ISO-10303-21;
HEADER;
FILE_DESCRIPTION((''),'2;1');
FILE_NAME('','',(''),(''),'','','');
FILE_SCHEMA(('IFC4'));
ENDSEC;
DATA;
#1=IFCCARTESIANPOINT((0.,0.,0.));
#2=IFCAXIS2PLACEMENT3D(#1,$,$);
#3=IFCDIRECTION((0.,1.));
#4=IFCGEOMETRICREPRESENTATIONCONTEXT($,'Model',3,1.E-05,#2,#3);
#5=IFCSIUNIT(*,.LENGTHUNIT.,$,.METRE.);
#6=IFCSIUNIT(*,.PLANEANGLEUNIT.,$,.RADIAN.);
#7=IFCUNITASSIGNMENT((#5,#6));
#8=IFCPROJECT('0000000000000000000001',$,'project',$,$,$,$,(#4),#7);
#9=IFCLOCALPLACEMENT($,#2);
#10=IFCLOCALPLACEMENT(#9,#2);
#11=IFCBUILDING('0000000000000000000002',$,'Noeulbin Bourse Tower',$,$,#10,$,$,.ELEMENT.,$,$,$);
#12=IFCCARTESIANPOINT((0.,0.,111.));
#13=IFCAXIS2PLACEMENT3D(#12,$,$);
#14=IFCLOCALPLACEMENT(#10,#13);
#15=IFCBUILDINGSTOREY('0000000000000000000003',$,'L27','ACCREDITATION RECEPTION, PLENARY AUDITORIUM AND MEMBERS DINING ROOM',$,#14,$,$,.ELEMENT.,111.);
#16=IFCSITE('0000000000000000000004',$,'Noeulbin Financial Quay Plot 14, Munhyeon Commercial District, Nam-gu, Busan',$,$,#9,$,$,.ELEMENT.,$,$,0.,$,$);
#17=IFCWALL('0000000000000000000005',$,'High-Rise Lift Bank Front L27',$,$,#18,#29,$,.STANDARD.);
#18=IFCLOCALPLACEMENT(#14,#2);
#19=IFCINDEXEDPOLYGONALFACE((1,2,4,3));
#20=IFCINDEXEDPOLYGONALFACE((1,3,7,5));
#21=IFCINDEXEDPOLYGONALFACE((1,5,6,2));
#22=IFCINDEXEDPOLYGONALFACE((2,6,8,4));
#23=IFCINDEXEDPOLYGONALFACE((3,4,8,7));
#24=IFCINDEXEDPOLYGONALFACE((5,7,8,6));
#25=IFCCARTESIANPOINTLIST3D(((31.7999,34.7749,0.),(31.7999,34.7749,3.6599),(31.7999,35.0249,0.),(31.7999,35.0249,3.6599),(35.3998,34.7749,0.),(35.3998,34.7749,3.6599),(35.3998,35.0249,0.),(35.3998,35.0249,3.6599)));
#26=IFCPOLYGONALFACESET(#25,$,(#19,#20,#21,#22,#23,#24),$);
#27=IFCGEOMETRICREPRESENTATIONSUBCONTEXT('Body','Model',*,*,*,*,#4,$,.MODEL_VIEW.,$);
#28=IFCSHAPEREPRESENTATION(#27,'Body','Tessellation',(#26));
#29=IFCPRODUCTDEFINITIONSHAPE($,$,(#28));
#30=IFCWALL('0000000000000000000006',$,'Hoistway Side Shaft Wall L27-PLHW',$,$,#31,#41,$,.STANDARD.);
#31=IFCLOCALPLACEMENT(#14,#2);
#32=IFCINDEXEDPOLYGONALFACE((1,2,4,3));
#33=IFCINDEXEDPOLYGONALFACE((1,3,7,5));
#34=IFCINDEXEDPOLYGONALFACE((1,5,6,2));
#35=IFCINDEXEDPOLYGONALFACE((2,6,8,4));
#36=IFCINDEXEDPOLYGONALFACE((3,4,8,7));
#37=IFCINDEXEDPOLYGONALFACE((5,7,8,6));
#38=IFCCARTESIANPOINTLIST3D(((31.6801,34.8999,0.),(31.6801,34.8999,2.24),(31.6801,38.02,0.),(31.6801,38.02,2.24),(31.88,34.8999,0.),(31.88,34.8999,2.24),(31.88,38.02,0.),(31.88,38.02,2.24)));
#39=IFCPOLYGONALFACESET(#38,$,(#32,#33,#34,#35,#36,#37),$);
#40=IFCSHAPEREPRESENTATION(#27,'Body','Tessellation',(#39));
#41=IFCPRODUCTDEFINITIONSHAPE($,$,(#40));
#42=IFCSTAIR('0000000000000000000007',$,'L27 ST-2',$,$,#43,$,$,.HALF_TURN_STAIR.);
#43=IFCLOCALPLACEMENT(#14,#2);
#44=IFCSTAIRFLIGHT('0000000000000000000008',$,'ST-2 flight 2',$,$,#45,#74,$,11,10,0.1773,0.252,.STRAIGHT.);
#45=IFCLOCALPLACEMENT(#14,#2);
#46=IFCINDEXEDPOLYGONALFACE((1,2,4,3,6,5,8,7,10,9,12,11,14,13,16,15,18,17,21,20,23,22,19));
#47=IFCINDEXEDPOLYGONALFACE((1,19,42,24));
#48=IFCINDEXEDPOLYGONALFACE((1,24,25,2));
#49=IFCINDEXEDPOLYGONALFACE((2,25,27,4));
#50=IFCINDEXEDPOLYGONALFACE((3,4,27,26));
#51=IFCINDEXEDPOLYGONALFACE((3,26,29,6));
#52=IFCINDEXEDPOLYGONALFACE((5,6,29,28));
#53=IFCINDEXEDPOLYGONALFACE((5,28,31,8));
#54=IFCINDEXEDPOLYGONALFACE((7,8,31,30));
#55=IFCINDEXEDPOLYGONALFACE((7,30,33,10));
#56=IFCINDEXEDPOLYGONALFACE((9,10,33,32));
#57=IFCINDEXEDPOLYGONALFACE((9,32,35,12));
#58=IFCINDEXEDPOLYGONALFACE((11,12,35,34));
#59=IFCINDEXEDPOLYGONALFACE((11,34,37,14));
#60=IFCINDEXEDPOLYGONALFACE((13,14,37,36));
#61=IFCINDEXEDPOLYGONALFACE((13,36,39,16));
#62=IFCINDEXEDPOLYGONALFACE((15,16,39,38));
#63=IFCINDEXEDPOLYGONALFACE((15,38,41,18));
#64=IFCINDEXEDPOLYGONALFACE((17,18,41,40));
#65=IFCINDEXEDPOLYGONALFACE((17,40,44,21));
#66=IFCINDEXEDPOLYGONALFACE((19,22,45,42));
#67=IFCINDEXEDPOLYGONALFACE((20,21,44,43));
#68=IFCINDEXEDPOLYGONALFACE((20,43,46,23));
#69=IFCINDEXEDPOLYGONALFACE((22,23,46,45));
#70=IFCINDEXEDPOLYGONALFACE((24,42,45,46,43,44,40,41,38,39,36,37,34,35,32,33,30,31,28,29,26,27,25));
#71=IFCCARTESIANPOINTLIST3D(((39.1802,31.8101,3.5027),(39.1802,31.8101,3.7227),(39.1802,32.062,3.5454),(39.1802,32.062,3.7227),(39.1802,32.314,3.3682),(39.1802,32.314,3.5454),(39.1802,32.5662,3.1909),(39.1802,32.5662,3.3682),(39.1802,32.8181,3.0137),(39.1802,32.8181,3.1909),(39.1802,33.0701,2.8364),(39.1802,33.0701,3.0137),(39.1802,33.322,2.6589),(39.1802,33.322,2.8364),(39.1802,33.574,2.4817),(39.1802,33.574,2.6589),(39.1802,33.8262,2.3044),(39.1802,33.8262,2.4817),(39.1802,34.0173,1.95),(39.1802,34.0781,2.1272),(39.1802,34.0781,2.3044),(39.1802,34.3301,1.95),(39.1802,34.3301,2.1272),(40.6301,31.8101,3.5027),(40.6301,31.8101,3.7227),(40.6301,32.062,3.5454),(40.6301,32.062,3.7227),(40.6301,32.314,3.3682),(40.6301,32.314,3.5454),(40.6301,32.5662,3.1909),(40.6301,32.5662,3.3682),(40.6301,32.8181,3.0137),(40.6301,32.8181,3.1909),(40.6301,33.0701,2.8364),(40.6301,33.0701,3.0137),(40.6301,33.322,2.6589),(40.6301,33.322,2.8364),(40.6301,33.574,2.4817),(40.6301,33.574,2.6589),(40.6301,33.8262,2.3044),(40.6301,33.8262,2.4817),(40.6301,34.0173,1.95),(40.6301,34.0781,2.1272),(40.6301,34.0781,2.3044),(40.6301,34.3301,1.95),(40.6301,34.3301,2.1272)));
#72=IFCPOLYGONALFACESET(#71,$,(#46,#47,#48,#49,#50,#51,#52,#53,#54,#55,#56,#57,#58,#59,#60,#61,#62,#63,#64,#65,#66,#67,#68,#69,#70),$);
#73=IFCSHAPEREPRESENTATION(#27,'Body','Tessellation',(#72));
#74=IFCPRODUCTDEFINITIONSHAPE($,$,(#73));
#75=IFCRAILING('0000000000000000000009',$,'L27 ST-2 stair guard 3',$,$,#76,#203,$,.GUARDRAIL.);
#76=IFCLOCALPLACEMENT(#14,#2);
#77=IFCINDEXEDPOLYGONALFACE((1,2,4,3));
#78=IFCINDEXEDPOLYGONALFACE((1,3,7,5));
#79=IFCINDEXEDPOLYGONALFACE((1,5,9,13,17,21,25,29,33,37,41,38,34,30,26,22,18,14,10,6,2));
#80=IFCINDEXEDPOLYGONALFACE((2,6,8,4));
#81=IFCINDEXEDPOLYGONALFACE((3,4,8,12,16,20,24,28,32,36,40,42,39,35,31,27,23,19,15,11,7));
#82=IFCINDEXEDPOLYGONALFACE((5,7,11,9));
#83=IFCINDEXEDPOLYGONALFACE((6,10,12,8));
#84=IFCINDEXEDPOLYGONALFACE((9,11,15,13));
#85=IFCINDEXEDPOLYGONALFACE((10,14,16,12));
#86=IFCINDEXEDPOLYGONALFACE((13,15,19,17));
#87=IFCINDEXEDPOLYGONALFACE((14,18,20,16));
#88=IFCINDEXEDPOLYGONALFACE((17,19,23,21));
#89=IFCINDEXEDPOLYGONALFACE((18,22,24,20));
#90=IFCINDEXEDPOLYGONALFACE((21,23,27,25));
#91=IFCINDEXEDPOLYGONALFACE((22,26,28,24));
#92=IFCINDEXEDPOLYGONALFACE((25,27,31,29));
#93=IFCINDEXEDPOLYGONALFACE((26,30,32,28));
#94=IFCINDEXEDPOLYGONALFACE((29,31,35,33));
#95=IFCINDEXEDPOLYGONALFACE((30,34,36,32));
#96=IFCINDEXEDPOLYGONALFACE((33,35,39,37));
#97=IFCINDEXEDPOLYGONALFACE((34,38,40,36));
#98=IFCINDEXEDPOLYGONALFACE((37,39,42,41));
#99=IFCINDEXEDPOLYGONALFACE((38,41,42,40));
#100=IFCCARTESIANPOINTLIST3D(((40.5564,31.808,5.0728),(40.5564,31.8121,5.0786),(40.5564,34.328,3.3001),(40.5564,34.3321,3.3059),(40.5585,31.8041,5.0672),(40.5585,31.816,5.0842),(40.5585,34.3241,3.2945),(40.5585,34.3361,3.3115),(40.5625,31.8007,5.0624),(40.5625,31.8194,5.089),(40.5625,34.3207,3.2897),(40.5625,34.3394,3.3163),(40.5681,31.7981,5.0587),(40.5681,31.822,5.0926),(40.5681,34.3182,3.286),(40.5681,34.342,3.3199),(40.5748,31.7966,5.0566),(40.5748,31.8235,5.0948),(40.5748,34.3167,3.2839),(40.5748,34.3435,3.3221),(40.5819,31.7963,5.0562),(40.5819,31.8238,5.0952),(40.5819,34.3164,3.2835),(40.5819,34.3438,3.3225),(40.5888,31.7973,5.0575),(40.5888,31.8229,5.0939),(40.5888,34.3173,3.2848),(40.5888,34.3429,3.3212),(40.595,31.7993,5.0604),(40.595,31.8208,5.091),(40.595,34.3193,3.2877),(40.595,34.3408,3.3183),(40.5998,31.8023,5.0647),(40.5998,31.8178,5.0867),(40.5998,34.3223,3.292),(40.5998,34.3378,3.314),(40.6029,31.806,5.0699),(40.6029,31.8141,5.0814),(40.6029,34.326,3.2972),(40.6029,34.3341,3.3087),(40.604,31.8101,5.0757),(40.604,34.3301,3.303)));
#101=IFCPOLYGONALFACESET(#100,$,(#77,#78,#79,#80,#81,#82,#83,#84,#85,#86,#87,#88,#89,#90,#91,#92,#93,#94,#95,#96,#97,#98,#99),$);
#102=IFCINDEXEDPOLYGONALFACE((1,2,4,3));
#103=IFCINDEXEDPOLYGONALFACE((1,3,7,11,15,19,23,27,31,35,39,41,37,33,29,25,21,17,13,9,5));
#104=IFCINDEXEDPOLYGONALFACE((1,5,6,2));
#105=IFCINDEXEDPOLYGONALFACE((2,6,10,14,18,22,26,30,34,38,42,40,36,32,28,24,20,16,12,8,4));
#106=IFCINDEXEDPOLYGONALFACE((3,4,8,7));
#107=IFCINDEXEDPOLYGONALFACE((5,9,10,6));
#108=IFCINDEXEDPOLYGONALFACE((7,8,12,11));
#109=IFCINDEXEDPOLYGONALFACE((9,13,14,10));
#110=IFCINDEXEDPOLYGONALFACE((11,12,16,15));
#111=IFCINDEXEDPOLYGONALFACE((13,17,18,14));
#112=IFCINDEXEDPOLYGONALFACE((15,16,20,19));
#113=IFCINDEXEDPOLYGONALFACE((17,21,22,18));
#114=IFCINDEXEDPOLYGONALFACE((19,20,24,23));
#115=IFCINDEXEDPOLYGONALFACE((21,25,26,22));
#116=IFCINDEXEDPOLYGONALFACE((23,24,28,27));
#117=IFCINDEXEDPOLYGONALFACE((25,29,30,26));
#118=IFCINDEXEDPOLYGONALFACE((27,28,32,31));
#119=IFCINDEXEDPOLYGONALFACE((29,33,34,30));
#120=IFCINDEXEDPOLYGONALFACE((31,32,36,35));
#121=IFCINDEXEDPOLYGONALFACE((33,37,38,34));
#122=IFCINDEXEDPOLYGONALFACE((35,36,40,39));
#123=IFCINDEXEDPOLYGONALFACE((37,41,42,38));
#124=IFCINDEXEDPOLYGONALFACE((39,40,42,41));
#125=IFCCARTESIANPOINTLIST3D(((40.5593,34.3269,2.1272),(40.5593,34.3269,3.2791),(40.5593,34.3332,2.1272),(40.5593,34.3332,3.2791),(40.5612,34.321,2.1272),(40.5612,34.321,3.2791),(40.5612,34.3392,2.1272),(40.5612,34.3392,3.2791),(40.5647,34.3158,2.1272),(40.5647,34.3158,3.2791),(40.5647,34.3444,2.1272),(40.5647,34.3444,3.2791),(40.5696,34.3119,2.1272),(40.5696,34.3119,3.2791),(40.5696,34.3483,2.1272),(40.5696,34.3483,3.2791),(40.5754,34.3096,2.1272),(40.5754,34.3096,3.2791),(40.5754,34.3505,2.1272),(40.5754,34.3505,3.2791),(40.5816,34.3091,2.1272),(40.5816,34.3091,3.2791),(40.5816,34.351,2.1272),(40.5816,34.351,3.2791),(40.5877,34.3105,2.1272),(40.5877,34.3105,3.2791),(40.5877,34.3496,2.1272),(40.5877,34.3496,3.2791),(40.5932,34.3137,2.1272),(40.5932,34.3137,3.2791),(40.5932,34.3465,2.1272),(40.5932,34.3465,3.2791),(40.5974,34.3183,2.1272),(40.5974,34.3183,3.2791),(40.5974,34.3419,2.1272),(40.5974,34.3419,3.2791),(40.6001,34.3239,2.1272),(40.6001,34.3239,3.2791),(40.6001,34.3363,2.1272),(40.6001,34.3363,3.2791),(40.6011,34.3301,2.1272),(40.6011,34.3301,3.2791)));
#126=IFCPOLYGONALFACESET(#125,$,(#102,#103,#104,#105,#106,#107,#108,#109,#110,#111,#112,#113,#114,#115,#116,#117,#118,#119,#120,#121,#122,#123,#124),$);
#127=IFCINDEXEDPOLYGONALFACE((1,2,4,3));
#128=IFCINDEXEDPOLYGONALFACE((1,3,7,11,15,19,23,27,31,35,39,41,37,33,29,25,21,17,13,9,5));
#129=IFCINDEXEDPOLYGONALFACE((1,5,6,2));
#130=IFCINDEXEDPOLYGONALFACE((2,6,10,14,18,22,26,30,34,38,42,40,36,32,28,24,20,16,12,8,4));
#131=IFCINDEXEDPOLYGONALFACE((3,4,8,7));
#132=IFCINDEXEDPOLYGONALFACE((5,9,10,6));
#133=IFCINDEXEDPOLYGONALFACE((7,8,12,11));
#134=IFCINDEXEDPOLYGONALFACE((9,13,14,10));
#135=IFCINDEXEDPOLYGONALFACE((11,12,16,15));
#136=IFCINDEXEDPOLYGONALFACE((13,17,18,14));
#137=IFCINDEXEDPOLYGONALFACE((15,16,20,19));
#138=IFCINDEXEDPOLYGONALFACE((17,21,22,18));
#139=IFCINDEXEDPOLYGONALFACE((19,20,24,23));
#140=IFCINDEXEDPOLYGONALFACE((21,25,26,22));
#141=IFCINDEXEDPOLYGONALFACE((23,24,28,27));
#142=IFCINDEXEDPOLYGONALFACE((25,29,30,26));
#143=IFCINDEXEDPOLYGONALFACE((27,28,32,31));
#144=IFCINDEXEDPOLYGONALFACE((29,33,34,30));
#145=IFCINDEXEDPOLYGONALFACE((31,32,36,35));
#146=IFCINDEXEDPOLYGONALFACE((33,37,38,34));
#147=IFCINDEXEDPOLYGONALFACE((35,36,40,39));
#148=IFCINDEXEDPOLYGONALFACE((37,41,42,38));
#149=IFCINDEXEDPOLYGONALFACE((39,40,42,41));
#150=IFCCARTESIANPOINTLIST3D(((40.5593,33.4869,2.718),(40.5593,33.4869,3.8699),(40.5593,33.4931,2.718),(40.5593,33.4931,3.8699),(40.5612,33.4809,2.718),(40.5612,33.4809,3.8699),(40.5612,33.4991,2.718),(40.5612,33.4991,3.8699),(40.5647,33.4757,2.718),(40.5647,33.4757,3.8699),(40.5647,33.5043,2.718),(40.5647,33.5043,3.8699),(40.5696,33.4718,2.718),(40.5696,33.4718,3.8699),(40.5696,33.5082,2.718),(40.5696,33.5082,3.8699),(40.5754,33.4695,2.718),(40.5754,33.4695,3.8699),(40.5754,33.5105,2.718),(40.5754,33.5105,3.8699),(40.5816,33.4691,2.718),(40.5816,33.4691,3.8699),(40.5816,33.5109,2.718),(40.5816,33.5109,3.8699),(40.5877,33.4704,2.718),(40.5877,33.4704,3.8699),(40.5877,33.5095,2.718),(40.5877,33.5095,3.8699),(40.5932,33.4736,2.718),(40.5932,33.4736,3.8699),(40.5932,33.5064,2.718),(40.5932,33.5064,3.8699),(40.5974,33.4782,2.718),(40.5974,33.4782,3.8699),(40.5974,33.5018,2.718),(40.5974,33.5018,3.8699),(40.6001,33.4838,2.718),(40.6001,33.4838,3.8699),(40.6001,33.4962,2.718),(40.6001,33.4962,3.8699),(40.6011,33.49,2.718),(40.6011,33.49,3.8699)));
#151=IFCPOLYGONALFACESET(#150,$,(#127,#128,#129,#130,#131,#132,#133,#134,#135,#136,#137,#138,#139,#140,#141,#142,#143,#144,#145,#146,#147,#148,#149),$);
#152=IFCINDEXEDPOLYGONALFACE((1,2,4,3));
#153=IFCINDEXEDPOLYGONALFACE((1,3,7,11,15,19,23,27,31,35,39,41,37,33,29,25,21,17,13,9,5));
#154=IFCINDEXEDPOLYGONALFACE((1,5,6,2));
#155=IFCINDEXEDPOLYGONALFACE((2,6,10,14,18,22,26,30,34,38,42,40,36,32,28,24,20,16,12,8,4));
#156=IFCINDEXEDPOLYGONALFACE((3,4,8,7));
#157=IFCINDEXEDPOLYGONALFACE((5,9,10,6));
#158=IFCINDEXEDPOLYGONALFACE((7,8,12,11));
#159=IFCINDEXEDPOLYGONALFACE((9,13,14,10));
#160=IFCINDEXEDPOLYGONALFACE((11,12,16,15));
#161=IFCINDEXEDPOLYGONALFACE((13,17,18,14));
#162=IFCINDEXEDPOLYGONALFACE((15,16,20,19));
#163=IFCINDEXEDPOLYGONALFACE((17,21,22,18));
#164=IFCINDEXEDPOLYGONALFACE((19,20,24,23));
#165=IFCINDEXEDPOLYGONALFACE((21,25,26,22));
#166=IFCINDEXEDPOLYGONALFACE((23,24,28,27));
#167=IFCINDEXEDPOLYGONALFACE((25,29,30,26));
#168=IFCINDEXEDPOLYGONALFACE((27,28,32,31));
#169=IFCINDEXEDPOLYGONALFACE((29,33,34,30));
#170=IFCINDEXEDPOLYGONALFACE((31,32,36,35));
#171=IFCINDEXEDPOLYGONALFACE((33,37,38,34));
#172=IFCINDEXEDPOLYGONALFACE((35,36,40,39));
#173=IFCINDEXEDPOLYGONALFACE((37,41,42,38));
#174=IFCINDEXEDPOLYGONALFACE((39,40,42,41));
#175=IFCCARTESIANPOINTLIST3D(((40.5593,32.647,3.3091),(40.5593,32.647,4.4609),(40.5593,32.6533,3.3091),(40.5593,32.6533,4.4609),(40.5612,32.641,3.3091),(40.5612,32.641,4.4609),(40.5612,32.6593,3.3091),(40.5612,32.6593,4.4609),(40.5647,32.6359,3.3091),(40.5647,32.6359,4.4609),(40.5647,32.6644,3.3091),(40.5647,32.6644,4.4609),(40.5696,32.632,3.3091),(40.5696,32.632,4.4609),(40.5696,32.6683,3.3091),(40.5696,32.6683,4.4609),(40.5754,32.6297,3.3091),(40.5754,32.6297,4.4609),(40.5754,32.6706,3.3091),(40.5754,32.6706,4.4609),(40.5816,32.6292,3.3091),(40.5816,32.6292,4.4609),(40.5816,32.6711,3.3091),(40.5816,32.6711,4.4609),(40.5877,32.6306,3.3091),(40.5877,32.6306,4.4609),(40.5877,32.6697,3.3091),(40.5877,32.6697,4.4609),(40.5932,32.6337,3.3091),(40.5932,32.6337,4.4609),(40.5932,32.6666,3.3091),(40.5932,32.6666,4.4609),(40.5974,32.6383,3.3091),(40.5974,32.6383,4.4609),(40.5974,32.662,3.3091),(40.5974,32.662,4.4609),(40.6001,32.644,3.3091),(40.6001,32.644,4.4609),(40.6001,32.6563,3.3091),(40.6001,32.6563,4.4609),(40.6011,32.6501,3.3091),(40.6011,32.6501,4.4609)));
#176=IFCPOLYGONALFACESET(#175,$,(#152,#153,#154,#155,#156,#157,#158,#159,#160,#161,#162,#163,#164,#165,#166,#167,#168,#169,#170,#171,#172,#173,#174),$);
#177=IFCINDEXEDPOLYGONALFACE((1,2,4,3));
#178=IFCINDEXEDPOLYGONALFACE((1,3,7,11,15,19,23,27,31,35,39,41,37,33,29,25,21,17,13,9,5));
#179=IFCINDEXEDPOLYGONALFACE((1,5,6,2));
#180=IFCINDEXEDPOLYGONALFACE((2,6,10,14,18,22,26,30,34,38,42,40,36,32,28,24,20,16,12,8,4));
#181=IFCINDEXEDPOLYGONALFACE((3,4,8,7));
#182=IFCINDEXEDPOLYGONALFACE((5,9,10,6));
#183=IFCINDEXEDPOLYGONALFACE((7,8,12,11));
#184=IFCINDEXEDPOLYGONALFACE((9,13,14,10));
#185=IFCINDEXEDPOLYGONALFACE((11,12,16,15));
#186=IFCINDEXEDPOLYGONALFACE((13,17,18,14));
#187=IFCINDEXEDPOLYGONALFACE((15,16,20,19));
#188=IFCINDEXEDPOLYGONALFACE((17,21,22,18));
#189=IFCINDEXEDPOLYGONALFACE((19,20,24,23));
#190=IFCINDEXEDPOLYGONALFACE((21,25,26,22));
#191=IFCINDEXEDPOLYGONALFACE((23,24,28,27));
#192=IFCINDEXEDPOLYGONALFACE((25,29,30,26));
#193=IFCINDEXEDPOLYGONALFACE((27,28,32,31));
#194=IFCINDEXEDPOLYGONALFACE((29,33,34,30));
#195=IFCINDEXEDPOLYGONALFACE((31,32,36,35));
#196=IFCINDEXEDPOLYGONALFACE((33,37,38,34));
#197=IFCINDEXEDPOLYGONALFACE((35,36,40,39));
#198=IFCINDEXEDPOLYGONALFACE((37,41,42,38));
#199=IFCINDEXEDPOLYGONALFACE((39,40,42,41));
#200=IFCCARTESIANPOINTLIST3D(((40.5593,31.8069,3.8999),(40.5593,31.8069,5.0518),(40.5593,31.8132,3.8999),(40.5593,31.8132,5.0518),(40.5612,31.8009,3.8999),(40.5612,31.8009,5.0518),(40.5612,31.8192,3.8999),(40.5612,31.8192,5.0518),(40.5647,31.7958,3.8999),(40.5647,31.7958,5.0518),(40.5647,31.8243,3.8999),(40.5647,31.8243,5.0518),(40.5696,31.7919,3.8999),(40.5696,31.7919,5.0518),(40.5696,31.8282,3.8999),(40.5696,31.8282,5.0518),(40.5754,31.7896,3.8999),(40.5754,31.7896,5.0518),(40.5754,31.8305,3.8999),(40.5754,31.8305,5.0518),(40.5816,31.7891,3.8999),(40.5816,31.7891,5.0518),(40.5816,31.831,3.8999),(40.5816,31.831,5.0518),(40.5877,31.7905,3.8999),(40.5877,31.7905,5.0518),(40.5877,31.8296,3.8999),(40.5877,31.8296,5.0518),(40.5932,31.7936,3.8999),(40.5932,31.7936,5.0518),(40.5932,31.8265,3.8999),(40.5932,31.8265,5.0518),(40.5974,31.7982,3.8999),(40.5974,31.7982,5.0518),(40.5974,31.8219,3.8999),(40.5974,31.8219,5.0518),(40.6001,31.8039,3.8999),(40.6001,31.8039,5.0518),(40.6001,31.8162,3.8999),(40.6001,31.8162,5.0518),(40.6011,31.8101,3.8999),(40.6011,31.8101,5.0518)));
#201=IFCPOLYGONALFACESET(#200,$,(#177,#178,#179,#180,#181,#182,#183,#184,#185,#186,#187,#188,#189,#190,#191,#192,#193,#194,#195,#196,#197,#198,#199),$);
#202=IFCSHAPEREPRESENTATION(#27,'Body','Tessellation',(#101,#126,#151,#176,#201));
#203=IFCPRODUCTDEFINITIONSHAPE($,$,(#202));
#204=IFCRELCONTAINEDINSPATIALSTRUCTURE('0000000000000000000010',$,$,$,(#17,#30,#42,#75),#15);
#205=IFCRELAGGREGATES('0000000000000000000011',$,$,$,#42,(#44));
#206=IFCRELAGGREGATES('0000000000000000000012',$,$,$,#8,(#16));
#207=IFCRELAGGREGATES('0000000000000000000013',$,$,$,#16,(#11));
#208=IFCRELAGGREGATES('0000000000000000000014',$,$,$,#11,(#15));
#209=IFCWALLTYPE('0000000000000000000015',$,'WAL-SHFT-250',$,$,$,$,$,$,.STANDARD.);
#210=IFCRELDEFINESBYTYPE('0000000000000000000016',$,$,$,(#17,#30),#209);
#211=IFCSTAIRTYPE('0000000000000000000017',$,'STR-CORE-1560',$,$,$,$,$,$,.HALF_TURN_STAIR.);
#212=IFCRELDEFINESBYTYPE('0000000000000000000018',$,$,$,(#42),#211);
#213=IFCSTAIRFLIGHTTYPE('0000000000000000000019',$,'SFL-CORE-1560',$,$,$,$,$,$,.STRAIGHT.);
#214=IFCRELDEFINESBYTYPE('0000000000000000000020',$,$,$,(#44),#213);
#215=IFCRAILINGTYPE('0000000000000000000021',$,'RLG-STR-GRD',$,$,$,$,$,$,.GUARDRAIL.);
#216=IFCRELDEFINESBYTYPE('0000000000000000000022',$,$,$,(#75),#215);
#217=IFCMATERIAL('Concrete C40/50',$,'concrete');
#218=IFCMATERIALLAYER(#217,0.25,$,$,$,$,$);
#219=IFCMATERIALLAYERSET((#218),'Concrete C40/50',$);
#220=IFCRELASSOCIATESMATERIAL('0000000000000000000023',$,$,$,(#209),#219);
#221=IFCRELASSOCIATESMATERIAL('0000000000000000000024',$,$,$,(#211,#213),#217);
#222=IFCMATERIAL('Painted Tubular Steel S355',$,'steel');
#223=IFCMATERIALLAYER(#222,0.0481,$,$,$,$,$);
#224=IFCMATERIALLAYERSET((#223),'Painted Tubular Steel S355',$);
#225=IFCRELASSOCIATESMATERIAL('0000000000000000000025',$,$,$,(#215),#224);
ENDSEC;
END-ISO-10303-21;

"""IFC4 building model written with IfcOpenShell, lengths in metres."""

from ifc_helpers import new_model, si_unit, direction, frame, frame_2d, origin, origin_2d, place, context, subcontext, project, spatial, polyline, rectangle, circle, outline, extrude, material, layer, layer_set, type_object, element, aggregate, save


model = new_model("IFC4")

# Units and contexts
model_context = context("Model", 3, precision=1e-05, world=origin(), true_north=direction((0.0, 1.0)))
body_context = subcontext(model_context, "Body", "Model", "MODEL_VIEW")
ifc_project = project(units=[si_unit("LENGTHUNIT", "METRE"), si_unit("PLANEANGLEUNIT", "RADIAN")], contexts=[model_context])

# Site, building, storey
site_placement = place(None, origin())
site = spatial("IfcSite", under=ifc_project, at=site_placement, Name="Noeulbin Financial Quay Plot 14, Munhyeon Commercial District, Nam-gu, Busan", CompositionType="ELEMENT", RefElevation=0.0)
building_placement = place(site_placement, origin())
building = spatial("IfcBuilding", under=site, at=building_placement, Name="Noeulbin Bourse Tower", CompositionType="ELEMENT")
storey_placement = place(building_placement, frame((0.0, 0.0, 111.0)))
storey = spatial("IfcBuildingStorey", under=building, at=storey_placement, Name="L27", Description="ACCREDITATION RECEPTION, PLENARY AUDITORIUM AND MEMBERS DINING ROOM", CompositionType="ELEMENT", Elevation=111.0)

# Shared definitions
ifc_material_1 = material(Name="Concrete C40/50", Category="concrete")

# Shared definitions
ifc_layer_1 = layer(ifc_material_1, 0.25)
ifc_layer_set_1 = layer_set([ifc_layer_1], Name="Concrete C40/50")
wall_type_1 = type_object("IfcWallType", Name="WAL-SHFT-250", PredefinedType="STANDARD", material=ifc_layer_set_1)

# Walls
wall_1_placement = place(storey_placement, frame((31.8, 34.8999, 0.0), z_axis=(0.0, 0.0, 1.0), x_axis=(1.0, 0.0, 0.0)))
element("IfcWall", 1, at=wall_1_placement, inside=storey, type_object=wall_type_1, Name="High-Rise Lift Bank Front L27", PredefinedType="STANDARD", context=body_context, shape_type="SweptSolid", body=[
    extrude(rectangle(XDim=3.5999, YDim=0.25, at=frame_2d((1.7998, 0.0))), origin(), (0.0, 0.0, 1.0), 3.6599),
])
wall_2_placement = place(storey_placement, frame((31.78, 34.8999, 0.0), z_axis=(0.0, 0.0, 1.0), x_axis=(0.0, 1.0, 0.0)))
element("IfcWall", 2, at=wall_2_placement, inside=storey, type_object=wall_type_1, Name="Hoistway Side Shaft Wall L27-PLHW", PredefinedType="STANDARD", context=body_context, shape_type="SweptSolid", body=[
    extrude(rectangle(XDim=3.1201, YDim=0.2, at=frame_2d((1.5601, 0.0))), origin(), (0.0, 0.0, 1.0), 2.24),
])

# Stair, stair flight
stair_type = type_object("IfcStairType", Name="STR-CORE-1560", PredefinedType="HALF_TURN_STAIR", material=ifc_material_1)
stair_placement = place(storey_placement, origin())
stair = element("IfcStair", 3, at=stair_placement, inside=storey, type_object=stair_type, Name="L27 ST-2", PredefinedType="HALF_TURN_STAIR")
stair_flight_type = type_object("IfcStairFlightType", Name="SFL-CORE-1560", PredefinedType="STRAIGHT", material=ifc_material_1)
stair_flight_placement = place(storey_placement, frame((39.905, 34.3301, 1.95), z_axis=(0.0, 0.0, 1.0), x_axis=(0.0, -1.0, 0.0)))
stair_flight = element("IfcStairFlight", 4, at=stair_flight_placement, type_object=stair_flight_type, Name="ST-2 flight 2", NumberOfRisers=11, NumberOfTreads=10, PredefinedType="STRAIGHT", RiserHeight=0.1773, TreadLength=0.252, context=body_context, shape_type="SweptSolid", body=[
    extrude(outline(polyline([(0.0, 0.0), (0.0, 0.1772), (0.252, 0.1772), (0.252, 0.3545), (0.5039, 0.3545), (0.5039, 0.5317), (0.7561, 0.5317), (0.7561, 0.709), (1.0081, 0.709), (1.0081, 0.8865), (1.26, 0.8865), (1.26, 1.0637), (1.512, 1.0637), (1.512, 1.241), (1.7639, 1.241), (1.7639, 1.4182), (2.0161, 1.4182), (2.0161, 1.5955), (2.2681, 1.5955), (2.2681, 1.7727), (2.52, 1.7727), (2.52, 1.95), (2.52, 1.5527), (0.3127, 0.0), (0.0, 0.0)])), frame((0.0, 0.7251, 0.0), z_axis=(0.0, -1.0, 0.0), x_axis=(1.0, 0.0, 0.0)), (0.0, 0.0, 1.0), 1.45),
])
aggregate(stair, [stair_flight])

# Railing
ifc_material_2 = material(Name="Painted Tubular Steel S355", Category="steel")
ifc_layer_2 = layer(ifc_material_2, 0.0481)
ifc_layer_set_2 = layer_set([ifc_layer_2], Name="Painted Tubular Steel S355")
railing_type_1 = type_object("IfcRailingType", Name="RLG-STR-GRD", PredefinedType="GUARDRAIL", material=ifc_layer_set_2)
railing_1_placement = place(storey_placement, frame((40.5801, 34.3301, 2.1272)))
element("IfcRailing", 5, at=railing_1_placement, inside=storey, type_object=railing_type_1, Name="L27 ST-2 stair guard 3", PredefinedType="GUARDRAIL", context=body_context, shape_type="SweptSolid", body=[
    extrude(circle(Radius=0.0239, at=origin_2d()), frame((0.0, 0.0, 1.1758), z_axis=(0.0, -0.817904, 0.575354), x_axis=(1.0, 0.0, 0.0)), (0.0, 0.0, 1.0), 3.0811),
    extrude(circle(Radius=0.021, at=origin_2d()), origin(), (0.0, 0.0, 1.0), 1.1519),
    extrude(circle(Radius=0.021, at=origin_2d()), frame((0.0, -0.8401, 0.5908)), (0.0, 0.0, 1.0), 1.1519),
    extrude(circle(Radius=0.021, at=origin_2d()), frame((0.0, -1.6799, 1.1819)), (0.0, 0.0, 1.0), 1.1519),
    extrude(circle(Radius=0.021, at=origin_2d()), frame((0.0, -2.52, 1.7727)), (0.0, 0.0, 1.0), 1.1519),
])

save(model, "model.ifc")
